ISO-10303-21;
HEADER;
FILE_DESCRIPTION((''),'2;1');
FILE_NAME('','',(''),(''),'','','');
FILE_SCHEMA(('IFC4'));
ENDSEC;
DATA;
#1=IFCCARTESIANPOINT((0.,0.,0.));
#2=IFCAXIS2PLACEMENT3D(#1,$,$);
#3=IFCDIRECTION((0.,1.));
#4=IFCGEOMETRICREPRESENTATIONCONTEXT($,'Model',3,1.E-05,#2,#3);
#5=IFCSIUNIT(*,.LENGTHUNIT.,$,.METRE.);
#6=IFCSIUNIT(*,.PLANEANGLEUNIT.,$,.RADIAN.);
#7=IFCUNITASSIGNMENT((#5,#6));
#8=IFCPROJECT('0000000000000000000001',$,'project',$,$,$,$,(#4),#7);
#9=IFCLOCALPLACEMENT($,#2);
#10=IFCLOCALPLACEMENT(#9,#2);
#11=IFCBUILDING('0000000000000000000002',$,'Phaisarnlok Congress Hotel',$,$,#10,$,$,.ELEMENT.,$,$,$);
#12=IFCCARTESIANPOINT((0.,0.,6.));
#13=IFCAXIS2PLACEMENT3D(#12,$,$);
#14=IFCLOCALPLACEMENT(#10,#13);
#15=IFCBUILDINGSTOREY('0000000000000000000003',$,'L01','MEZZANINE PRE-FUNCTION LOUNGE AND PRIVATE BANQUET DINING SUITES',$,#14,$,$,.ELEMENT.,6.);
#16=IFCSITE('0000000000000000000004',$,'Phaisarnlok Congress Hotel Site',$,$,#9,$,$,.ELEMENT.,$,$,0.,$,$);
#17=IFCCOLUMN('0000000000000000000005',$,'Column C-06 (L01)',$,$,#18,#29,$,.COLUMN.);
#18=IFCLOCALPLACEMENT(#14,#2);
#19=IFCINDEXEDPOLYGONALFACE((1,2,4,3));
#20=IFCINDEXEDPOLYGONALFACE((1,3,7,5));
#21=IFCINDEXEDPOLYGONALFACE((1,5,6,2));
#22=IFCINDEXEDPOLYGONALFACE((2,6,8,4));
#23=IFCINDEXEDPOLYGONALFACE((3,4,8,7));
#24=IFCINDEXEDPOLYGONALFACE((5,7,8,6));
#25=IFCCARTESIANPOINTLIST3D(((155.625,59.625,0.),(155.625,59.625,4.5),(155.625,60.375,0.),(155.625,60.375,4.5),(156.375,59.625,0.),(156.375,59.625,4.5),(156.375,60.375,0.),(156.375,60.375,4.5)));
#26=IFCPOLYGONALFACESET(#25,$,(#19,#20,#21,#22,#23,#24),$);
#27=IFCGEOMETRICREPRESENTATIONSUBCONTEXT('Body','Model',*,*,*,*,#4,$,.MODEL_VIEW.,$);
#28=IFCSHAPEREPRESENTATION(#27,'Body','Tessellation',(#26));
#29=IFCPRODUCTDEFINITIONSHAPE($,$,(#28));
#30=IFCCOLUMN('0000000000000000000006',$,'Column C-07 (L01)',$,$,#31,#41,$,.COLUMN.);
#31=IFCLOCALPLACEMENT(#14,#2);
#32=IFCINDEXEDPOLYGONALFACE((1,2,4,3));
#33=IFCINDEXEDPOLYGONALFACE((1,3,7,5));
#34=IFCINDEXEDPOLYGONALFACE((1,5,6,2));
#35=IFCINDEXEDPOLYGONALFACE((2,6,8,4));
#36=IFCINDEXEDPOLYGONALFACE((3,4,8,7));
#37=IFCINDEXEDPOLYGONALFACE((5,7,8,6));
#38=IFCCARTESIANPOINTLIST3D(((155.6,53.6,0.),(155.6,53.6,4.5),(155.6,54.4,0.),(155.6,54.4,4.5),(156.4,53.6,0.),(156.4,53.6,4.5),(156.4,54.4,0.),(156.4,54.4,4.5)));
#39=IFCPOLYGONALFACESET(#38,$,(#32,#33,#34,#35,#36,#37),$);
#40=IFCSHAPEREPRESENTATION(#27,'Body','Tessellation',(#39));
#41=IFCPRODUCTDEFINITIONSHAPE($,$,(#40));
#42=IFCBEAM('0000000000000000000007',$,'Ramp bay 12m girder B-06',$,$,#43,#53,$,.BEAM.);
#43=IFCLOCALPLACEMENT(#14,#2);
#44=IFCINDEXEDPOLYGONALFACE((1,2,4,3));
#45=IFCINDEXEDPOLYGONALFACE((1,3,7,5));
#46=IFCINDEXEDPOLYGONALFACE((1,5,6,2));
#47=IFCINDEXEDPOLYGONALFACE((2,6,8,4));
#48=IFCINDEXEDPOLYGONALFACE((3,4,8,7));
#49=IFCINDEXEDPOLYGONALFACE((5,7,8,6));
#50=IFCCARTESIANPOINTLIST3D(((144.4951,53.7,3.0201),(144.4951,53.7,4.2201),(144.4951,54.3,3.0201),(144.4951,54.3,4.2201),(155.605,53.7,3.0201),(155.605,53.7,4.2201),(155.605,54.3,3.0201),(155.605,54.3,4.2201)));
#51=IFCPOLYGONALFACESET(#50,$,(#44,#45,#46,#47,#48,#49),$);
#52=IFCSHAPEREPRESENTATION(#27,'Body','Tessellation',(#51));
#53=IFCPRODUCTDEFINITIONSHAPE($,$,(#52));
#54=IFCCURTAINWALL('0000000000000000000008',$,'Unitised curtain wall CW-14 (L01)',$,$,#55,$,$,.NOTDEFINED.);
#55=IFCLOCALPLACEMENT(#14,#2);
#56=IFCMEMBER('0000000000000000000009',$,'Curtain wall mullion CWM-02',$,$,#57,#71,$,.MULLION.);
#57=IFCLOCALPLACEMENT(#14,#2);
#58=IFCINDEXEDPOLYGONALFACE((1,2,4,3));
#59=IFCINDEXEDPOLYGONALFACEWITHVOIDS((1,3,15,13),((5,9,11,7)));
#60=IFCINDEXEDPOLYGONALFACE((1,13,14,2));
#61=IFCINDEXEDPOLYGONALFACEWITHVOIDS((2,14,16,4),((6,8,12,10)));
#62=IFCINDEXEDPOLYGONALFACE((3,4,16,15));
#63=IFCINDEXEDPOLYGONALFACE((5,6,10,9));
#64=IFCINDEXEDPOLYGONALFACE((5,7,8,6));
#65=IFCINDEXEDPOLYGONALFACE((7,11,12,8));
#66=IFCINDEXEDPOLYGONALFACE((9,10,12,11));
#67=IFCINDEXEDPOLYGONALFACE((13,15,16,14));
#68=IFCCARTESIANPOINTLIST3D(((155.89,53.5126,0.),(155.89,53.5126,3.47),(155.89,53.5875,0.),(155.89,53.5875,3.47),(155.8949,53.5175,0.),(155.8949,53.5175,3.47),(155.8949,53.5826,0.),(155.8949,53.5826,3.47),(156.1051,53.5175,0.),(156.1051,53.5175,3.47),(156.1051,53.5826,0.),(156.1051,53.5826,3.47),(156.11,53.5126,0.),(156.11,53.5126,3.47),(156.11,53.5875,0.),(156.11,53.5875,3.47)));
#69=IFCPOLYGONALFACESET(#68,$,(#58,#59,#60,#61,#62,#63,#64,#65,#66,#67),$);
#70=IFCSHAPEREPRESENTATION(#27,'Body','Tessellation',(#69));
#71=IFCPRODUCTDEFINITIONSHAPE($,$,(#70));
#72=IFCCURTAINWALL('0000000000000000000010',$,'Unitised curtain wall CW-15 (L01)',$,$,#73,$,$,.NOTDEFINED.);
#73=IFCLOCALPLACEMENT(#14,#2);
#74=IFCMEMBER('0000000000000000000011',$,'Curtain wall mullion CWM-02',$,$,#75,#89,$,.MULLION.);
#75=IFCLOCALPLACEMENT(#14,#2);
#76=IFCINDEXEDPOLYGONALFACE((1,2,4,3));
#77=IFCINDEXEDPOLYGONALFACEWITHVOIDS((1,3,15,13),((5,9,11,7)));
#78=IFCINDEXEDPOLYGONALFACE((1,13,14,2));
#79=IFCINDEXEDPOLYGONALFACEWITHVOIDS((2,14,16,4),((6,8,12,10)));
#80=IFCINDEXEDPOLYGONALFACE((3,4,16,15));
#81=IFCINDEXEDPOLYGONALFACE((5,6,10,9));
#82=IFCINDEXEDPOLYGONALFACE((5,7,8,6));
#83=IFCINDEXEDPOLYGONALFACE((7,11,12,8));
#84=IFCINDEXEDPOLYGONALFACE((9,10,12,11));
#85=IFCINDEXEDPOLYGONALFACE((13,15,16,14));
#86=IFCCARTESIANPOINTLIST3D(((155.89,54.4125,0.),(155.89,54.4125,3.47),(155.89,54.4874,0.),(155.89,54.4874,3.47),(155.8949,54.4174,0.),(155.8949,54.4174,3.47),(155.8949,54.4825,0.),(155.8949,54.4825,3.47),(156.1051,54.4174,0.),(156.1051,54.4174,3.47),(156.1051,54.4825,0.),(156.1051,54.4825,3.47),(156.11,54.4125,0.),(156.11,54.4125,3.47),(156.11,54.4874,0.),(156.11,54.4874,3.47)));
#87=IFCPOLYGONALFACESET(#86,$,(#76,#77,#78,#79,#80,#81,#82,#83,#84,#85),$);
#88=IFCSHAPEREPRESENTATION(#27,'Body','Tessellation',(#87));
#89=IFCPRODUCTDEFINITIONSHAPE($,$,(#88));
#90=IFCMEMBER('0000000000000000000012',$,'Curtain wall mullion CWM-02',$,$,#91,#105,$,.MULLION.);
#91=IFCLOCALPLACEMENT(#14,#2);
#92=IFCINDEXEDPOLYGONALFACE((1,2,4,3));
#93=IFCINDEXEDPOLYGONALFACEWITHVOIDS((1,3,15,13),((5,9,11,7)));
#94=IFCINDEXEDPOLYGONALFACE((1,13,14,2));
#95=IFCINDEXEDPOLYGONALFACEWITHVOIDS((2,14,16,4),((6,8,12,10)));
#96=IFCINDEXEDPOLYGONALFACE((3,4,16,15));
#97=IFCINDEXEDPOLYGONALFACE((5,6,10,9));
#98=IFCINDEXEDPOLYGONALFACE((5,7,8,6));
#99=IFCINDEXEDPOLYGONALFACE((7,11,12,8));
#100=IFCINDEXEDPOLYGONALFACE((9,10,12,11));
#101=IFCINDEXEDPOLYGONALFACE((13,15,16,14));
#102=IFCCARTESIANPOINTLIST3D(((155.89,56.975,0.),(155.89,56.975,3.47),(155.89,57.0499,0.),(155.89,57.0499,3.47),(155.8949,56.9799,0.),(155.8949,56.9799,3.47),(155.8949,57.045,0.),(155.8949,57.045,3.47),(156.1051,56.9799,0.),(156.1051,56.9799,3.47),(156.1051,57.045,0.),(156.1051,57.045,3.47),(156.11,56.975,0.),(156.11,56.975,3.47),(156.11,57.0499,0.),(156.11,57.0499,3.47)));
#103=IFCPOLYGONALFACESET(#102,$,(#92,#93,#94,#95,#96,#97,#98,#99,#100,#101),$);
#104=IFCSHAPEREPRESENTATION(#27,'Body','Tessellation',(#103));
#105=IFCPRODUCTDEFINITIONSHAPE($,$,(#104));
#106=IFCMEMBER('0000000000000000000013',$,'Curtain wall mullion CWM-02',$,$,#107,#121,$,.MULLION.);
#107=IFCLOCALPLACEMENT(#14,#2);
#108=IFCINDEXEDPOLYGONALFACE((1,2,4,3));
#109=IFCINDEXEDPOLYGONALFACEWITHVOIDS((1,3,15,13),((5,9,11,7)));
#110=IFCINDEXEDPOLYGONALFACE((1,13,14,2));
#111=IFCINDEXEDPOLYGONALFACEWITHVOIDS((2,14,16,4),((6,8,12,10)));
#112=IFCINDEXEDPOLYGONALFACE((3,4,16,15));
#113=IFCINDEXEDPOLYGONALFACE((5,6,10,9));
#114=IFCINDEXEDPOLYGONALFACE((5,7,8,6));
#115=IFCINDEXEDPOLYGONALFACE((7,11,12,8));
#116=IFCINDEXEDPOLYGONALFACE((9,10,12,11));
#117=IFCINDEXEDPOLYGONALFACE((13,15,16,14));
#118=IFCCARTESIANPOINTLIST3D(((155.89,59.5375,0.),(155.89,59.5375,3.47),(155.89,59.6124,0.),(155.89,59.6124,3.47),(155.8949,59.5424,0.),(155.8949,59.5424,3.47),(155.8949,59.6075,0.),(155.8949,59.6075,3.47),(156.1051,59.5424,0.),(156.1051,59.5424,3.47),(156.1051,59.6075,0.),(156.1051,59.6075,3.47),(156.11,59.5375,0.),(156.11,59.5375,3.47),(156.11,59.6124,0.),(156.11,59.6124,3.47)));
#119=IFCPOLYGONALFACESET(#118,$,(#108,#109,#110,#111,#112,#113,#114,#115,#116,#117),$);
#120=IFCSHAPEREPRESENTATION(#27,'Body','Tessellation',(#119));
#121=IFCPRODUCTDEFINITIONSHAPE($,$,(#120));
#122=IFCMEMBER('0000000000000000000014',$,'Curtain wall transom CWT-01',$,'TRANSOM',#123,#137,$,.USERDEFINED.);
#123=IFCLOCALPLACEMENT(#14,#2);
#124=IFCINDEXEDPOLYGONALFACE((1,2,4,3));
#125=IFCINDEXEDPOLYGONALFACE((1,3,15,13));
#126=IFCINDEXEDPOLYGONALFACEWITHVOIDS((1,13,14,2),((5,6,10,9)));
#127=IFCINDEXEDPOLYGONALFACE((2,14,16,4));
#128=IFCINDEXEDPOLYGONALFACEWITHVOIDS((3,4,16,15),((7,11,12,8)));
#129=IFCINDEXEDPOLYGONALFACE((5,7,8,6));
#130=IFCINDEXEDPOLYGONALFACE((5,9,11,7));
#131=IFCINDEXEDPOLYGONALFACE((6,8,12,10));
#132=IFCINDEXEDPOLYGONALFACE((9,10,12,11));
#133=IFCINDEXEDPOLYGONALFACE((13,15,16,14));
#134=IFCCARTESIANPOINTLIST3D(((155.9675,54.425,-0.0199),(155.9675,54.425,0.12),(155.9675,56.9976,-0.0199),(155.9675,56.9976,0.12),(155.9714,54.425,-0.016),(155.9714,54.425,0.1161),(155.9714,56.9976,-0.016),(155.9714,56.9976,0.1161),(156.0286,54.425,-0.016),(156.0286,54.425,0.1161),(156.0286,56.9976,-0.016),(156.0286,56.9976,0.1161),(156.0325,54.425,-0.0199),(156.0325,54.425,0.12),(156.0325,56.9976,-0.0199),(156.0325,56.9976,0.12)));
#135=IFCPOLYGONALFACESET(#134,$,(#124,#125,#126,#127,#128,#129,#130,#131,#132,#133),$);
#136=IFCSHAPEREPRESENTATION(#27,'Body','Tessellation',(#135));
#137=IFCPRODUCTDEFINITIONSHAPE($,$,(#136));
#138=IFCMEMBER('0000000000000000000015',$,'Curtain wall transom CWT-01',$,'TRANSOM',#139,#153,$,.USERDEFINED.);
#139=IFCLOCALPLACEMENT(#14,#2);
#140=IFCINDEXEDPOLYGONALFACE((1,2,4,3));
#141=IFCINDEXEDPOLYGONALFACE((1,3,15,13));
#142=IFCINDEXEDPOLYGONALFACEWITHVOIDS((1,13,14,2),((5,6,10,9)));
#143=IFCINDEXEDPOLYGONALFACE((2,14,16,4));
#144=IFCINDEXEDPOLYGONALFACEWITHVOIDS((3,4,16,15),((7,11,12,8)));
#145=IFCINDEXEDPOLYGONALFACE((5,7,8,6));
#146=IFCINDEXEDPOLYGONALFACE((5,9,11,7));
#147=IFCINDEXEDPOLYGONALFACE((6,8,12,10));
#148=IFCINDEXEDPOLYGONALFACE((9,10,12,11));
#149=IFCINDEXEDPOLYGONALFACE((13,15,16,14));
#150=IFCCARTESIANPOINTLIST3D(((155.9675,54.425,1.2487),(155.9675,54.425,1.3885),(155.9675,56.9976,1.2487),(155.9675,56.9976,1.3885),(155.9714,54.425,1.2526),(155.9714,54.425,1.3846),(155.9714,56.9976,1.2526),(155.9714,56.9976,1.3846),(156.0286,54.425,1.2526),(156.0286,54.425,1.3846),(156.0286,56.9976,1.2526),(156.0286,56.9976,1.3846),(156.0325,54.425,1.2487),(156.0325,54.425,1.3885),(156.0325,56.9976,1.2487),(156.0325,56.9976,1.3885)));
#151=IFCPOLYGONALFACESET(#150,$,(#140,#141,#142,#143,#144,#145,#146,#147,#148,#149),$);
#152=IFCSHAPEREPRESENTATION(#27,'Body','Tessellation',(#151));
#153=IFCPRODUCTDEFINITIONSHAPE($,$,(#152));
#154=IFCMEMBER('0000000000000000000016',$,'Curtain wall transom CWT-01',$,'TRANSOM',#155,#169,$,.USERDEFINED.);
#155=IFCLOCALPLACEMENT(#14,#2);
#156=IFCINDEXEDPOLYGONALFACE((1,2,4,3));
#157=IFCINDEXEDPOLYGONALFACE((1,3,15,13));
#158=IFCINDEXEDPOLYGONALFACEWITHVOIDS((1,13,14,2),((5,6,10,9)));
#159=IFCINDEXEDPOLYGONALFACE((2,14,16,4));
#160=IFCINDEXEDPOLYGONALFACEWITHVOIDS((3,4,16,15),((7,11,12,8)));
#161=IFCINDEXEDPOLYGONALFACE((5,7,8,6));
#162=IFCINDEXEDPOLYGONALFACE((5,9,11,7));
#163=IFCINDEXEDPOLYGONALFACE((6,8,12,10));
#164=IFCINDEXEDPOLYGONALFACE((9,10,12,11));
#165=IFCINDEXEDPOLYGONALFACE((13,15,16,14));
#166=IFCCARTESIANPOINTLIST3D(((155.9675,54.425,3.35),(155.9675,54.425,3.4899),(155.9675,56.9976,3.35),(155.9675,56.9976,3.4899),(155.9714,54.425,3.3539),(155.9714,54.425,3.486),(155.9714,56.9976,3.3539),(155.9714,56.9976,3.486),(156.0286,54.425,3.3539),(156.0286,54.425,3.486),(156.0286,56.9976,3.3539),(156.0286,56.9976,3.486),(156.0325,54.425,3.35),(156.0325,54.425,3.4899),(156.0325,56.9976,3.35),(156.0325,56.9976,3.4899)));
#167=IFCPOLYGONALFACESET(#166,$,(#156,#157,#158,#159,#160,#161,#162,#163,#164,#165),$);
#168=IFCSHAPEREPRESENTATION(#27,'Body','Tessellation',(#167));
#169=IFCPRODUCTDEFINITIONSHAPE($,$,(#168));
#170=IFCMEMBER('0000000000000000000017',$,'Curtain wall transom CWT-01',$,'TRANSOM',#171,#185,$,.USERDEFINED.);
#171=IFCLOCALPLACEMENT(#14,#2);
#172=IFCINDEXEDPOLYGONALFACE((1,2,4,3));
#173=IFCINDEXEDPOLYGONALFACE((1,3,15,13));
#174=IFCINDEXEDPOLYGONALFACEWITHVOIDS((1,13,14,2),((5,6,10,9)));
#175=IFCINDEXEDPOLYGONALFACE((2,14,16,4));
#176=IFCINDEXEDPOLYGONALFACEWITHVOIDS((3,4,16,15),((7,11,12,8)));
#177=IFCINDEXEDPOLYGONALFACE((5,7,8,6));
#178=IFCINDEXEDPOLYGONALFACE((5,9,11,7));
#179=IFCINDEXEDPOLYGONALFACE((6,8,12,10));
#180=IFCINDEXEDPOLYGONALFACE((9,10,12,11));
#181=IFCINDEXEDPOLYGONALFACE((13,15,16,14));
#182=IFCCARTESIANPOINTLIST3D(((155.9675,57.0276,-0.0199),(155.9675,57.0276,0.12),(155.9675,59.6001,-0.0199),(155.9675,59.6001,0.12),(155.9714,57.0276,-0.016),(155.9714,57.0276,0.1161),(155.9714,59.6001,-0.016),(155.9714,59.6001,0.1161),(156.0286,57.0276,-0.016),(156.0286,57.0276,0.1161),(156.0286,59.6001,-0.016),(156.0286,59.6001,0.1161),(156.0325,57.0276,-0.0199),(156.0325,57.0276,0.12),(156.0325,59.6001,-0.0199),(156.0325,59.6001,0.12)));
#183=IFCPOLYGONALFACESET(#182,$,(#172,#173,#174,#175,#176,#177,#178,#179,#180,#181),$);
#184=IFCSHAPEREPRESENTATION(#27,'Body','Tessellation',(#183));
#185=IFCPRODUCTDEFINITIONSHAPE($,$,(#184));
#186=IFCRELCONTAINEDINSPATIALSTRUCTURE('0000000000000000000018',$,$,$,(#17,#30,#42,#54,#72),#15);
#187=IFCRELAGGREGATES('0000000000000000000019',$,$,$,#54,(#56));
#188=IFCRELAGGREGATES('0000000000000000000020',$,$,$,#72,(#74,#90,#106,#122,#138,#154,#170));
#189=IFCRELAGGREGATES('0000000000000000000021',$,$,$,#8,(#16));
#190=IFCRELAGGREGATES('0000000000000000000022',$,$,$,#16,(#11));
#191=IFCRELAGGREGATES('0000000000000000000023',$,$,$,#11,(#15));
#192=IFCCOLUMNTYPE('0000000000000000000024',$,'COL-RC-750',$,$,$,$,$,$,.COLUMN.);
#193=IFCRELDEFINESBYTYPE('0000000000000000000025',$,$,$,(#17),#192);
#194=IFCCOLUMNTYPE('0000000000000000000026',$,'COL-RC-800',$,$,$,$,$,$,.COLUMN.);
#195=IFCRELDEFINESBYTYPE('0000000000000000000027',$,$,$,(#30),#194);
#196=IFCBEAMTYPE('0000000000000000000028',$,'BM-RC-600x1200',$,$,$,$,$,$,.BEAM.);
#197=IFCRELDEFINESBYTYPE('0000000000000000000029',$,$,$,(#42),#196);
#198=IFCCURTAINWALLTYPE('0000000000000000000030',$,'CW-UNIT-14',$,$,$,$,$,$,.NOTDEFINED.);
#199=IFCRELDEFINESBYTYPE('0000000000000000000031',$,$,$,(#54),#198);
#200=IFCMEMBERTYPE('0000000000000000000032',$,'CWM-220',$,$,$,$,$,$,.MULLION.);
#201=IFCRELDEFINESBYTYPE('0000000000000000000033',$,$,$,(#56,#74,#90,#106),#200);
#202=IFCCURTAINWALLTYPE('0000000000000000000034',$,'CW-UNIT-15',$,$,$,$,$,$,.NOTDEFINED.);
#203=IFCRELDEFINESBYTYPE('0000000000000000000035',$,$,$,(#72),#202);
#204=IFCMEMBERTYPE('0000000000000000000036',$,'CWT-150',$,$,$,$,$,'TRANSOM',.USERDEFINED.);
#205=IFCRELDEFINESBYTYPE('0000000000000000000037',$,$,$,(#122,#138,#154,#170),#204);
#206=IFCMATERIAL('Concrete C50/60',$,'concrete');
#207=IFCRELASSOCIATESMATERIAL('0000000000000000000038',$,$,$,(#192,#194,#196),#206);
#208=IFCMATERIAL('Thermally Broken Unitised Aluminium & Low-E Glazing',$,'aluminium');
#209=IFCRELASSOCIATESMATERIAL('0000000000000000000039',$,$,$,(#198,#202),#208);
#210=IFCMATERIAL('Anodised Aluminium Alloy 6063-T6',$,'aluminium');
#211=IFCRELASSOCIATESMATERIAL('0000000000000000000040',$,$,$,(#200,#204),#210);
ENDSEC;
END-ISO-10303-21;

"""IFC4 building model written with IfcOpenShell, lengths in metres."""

from ifc_helpers import new_model, si_unit, direction, frame, origin, origin_2d, place, context, subcontext, project, spatial, rectangle, hollow_rectangle, extrude, material, material_profile, profile_set, type_object, element, aggregate, save


model = new_model("IFC4")

# Units and contexts
model_context = context("Model", 3, precision=1e-05, world=origin(), true_north=direction((0.0, 1.0)))
body_context = subcontext(model_context, "Body", "Model", "MODEL_VIEW")
ifc_project = project(units=[si_unit("LENGTHUNIT", "METRE"), si_unit("PLANEANGLEUNIT", "RADIAN")], contexts=[model_context])

# Site, building, storey
site_placement = place(None, origin())
site = spatial("IfcSite", under=ifc_project, at=site_placement, Name="Phaisarnlok Congress Hotel Site", CompositionType="ELEMENT", RefElevation=0.0)
building_placement = place(site_placement, origin())
building = spatial("IfcBuilding", under=site, at=building_placement, Name="Phaisarnlok Congress Hotel", CompositionType="ELEMENT")
storey_placement = place(building_placement, frame((0.0, 0.0, 6.0)))
storey = spatial("IfcBuildingStorey", under=building, at=storey_placement, Name="L01", Description="MEZZANINE PRE-FUNCTION LOUNGE AND PRIVATE BANQUET DINING SUITES", CompositionType="ELEMENT", Elevation=6.0)

# Columns
ifc_material_1 = material(Name="Concrete C50/60", Category="concrete")
ifc_material_profile_1 = material_profile(ifc_material_1, rectangle(XDim=0.75, YDim=0.75, at=origin_2d()), Name="RC 750x750")
ifc_profile_set_1 = profile_set([ifc_material_profile_1], Name="Concrete C50/60")
column_type_1 = type_object("IfcColumnType", Name="COL-RC-750", PredefinedType="COLUMN", material=ifc_profile_set_1)
column_1_placement = place(storey_placement, frame((156.0, 60.0, 0.0), z_axis=(0.0, 0.0, 1.0), x_axis=(1.0, 0.0, 0.0)))
element("IfcColumn", 1, at=column_1_placement, inside=storey, type_object=column_type_1, Name="Column C-06 (L01)", PredefinedType="COLUMN", context=body_context, shape_type="SweptSolid", body=[
    extrude(rectangle(XDim=0.75, YDim=0.75, at=origin_2d()), origin(), (0.0, 0.0, 1.0), 4.5),
])
ifc_material_profile_2 = material_profile(ifc_material_1, rectangle(XDim=0.8, YDim=0.8, at=origin_2d()), Name="RC 800x800")
ifc_profile_set_2 = profile_set([ifc_material_profile_2], Name="Concrete C50/60")
column_type_2 = type_object("IfcColumnType", Name="COL-RC-800", PredefinedType="COLUMN", material=ifc_profile_set_2)
column_2_placement = place(storey_placement, frame((156.0, 54.0, 0.0), z_axis=(0.0, 0.0, 1.0), x_axis=(1.0, 0.0, 0.0)))
element("IfcColumn", 2, at=column_2_placement, inside=storey, type_object=column_type_2, Name="Column C-07 (L01)", PredefinedType="COLUMN", context=body_context, shape_type="SweptSolid", body=[
    extrude(rectangle(XDim=0.8, YDim=0.8, at=origin_2d()), origin(), (0.0, 0.0, 1.0), 4.5),
])

# Beam
ifc_material_profile_3 = material_profile(ifc_material_1, rectangle(XDim=0.6001, YDim=1.2, at=origin_2d()), Name="RC 600x1200")
ifc_profile_set_3 = profile_set([ifc_material_profile_3], Name="Concrete C50/60")
beam_type_1 = type_object("IfcBeamType", Name="BM-RC-600x1200", PredefinedType="BEAM", material=ifc_profile_set_3)
beam_1_placement = place(storey_placement, frame((144.4951, 54.0, 3.6201), z_axis=(1.0, 0.0, 0.0), x_axis=(0.0, 1.0, 0.0)))
element("IfcBeam", 3, at=beam_1_placement, inside=storey, type_object=beam_type_1, Name="Ramp bay 12m girder B-06", PredefinedType="BEAM", context=body_context, shape_type="SweptSolid", body=[
    extrude(rectangle(XDim=0.6001, YDim=1.2, at=origin_2d()), origin(), (0.0, 0.0, 1.0), 11.1099),
])

# Curtain wall, member
ifc_material_2 = material(Name="Thermally Broken Unitised Aluminium & Low-E Glazing", Category="aluminium")
curtain_wall_type_1 = type_object("IfcCurtainWallType", Name="CW-UNIT-14", PredefinedType="NOTDEFINED", material=ifc_material_2)
curtain_wall_1_placement = place(storey_placement, origin())
curtain_wall_1 = element("IfcCurtainWall", 4, at=curtain_wall_1_placement, inside=storey, type_object=curtain_wall_type_1, Name="Unitised curtain wall CW-14 (L01)", PredefinedType="NOTDEFINED")
ifc_material_3 = material(Name="Anodised Aluminium Alloy 6063-T6", Category="aluminium")
ifc_material_profile_4 = material_profile(ifc_material_3, hollow_rectangle(XDim=0.075, YDim=0.22, WallThickness=0.0049, at=origin_2d()), Name="ALU-M 75x220x5")
ifc_profile_set_4 = profile_set([ifc_material_profile_4], Name="Anodised Aluminium Alloy 6063-T6")
member_type_1 = type_object("IfcMemberType", Name="CWM-220", PredefinedType="MULLION", material=ifc_profile_set_4)
member_1_placement = place(storey_placement, frame((156.0, 53.55, 0.0), z_axis=(0.0, 0.0, 1.0), x_axis=(0.0, 1.0, 0.0)))
member_1 = element("IfcMember", 5, at=member_1_placement, type_object=member_type_1, Name="Curtain wall mullion CWM-02", PredefinedType="MULLION", context=body_context, shape_type="SweptSolid", body=[
    extrude(hollow_rectangle(XDim=0.075, YDim=0.22, WallThickness=0.0049, at=origin_2d()), origin(), (0.0, 0.0, 1.0), 3.47),
])
aggregate(curtain_wall_1, [member_1])

# Curtain wall, members
curtain_wall_type_2 = type_object("IfcCurtainWallType", Name="CW-UNIT-15", PredefinedType="NOTDEFINED", material=ifc_material_2)
curtain_wall_2_placement = place(storey_placement, origin())
curtain_wall_2 = element("IfcCurtainWall", 6, at=curtain_wall_2_placement, inside=storey, type_object=curtain_wall_type_2, Name="Unitised curtain wall CW-15 (L01)", PredefinedType="NOTDEFINED")
member_2_placement = place(storey_placement, frame((156.0, 54.45, 0.0), z_axis=(0.0, 0.0, 1.0), x_axis=(0.0, 1.0, 0.0)))
member_2 = element("IfcMember", 7, at=member_2_placement, type_object=member_type_1, Name="Curtain wall mullion CWM-02", PredefinedType="MULLION", context=body_context, shape_type="SweptSolid", body=[
    extrude(hollow_rectangle(XDim=0.075, YDim=0.22, WallThickness=0.0049, at=origin_2d()), origin(), (0.0, 0.0, 1.0), 3.47),
])
member_3_placement = place(storey_placement, frame((156.0, 57.0125, 0.0), z_axis=(0.0, 0.0, 1.0), x_axis=(0.0, 1.0, 0.0)))
member_3 = element("IfcMember", 8, at=member_3_placement, type_object=member_type_1, Name="Curtain wall mullion CWM-02", PredefinedType="MULLION", context=body_context, shape_type="SweptSolid", body=[
    extrude(hollow_rectangle(XDim=0.075, YDim=0.22, WallThickness=0.0049, at=origin_2d()), origin(), (0.0, 0.0, 1.0), 3.47),
])
member_4_placement = place(storey_placement, frame((156.0, 59.575, 0.0), z_axis=(0.0, 0.0, 1.0), x_axis=(0.0, 1.0, 0.0)))
member_4 = element("IfcMember", 9, at=member_4_placement, type_object=member_type_1, Name="Curtain wall mullion CWM-02", PredefinedType="MULLION", context=body_context, shape_type="SweptSolid", body=[
    extrude(hollow_rectangle(XDim=0.075, YDim=0.22, WallThickness=0.0049, at=origin_2d()), origin(), (0.0, 0.0, 1.0), 3.47),
])
ifc_material_profile_5 = material_profile(ifc_material_3, hollow_rectangle(XDim=0.0649, YDim=0.1399, WallThickness=0.0039, at=origin_2d()), Name="ALU-T 65x140x4")
ifc_profile_set_5 = profile_set([ifc_material_profile_5], Name="Anodised Aluminium Alloy 6063-T6")
member_type_2 = type_object("IfcMemberType", Name="CWT-150", ElementType="TRANSOM", PredefinedType="USERDEFINED", material=ifc_profile_set_5)
member_5_placement = place(storey_placement, frame((156.0, 54.425, 0.05), z_axis=(0.0, 1.0, 0.0), x_axis=(-1.0, 0.0, 0.0)))
member_5 = element("IfcMember", 10, at=member_5_placement, type_object=member_type_2, Name="Curtain wall transom CWT-01", ObjectType="TRANSOM", PredefinedType="USERDEFINED", context=body_context, shape_type="SweptSolid", body=[
    extrude(hollow_rectangle(XDim=0.0649, YDim=0.1399, WallThickness=0.0039, at=origin_2d()), origin(), (0.0, 0.0, 1.0), 2.5725),
])
member_6_placement = place(storey_placement, frame((156.0, 54.425, 1.3186), z_axis=(0.0, 1.0, 0.0), x_axis=(-1.0, 0.0, 0.0)))
member_6 = element("IfcMember", 11, at=member_6_placement, type_object=member_type_2, Name="Curtain wall transom CWT-01", ObjectType="TRANSOM", PredefinedType="USERDEFINED", context=body_context, shape_type="SweptSolid", body=[
    extrude(hollow_rectangle(XDim=0.0649, YDim=0.1399, WallThickness=0.0039, at=origin_2d()), origin(), (0.0, 0.0, 1.0), 2.5725),
])
member_7_placement = place(storey_placement, frame((156.0, 54.425, 3.4199), z_axis=(0.0, 1.0, 0.0), x_axis=(-1.0, 0.0, 0.0)))
member_7 = element("IfcMember", 12, at=member_7_placement, type_object=member_type_2, Name="Curtain wall transom CWT-01", ObjectType="TRANSOM", PredefinedType="USERDEFINED", context=body_context, shape_type="SweptSolid", body=[
    extrude(hollow_rectangle(XDim=0.0649, YDim=0.1399, WallThickness=0.0039, at=origin_2d()), origin(), (0.0, 0.0, 1.0), 2.5725),
])
member_8_placement = place(storey_placement, frame((156.0, 57.0276, 0.05), z_axis=(0.0, 1.0, 0.0), x_axis=(-1.0, 0.0, 0.0)))
member_8 = element("IfcMember", 13, at=member_8_placement, type_object=member_type_2, Name="Curtain wall transom CWT-01", ObjectType="TRANSOM", PredefinedType="USERDEFINED", context=body_context, shape_type="SweptSolid", body=[
    extrude(hollow_rectangle(XDim=0.0649, YDim=0.1399, WallThickness=0.0039, at=origin_2d()), origin(), (0.0, 0.0, 1.0), 2.5725),
])

aggregate(curtain_wall_2, [member_2, member_3, member_4, member_5, member_6, member_7, member_8])

save(model, "model.ifc")
